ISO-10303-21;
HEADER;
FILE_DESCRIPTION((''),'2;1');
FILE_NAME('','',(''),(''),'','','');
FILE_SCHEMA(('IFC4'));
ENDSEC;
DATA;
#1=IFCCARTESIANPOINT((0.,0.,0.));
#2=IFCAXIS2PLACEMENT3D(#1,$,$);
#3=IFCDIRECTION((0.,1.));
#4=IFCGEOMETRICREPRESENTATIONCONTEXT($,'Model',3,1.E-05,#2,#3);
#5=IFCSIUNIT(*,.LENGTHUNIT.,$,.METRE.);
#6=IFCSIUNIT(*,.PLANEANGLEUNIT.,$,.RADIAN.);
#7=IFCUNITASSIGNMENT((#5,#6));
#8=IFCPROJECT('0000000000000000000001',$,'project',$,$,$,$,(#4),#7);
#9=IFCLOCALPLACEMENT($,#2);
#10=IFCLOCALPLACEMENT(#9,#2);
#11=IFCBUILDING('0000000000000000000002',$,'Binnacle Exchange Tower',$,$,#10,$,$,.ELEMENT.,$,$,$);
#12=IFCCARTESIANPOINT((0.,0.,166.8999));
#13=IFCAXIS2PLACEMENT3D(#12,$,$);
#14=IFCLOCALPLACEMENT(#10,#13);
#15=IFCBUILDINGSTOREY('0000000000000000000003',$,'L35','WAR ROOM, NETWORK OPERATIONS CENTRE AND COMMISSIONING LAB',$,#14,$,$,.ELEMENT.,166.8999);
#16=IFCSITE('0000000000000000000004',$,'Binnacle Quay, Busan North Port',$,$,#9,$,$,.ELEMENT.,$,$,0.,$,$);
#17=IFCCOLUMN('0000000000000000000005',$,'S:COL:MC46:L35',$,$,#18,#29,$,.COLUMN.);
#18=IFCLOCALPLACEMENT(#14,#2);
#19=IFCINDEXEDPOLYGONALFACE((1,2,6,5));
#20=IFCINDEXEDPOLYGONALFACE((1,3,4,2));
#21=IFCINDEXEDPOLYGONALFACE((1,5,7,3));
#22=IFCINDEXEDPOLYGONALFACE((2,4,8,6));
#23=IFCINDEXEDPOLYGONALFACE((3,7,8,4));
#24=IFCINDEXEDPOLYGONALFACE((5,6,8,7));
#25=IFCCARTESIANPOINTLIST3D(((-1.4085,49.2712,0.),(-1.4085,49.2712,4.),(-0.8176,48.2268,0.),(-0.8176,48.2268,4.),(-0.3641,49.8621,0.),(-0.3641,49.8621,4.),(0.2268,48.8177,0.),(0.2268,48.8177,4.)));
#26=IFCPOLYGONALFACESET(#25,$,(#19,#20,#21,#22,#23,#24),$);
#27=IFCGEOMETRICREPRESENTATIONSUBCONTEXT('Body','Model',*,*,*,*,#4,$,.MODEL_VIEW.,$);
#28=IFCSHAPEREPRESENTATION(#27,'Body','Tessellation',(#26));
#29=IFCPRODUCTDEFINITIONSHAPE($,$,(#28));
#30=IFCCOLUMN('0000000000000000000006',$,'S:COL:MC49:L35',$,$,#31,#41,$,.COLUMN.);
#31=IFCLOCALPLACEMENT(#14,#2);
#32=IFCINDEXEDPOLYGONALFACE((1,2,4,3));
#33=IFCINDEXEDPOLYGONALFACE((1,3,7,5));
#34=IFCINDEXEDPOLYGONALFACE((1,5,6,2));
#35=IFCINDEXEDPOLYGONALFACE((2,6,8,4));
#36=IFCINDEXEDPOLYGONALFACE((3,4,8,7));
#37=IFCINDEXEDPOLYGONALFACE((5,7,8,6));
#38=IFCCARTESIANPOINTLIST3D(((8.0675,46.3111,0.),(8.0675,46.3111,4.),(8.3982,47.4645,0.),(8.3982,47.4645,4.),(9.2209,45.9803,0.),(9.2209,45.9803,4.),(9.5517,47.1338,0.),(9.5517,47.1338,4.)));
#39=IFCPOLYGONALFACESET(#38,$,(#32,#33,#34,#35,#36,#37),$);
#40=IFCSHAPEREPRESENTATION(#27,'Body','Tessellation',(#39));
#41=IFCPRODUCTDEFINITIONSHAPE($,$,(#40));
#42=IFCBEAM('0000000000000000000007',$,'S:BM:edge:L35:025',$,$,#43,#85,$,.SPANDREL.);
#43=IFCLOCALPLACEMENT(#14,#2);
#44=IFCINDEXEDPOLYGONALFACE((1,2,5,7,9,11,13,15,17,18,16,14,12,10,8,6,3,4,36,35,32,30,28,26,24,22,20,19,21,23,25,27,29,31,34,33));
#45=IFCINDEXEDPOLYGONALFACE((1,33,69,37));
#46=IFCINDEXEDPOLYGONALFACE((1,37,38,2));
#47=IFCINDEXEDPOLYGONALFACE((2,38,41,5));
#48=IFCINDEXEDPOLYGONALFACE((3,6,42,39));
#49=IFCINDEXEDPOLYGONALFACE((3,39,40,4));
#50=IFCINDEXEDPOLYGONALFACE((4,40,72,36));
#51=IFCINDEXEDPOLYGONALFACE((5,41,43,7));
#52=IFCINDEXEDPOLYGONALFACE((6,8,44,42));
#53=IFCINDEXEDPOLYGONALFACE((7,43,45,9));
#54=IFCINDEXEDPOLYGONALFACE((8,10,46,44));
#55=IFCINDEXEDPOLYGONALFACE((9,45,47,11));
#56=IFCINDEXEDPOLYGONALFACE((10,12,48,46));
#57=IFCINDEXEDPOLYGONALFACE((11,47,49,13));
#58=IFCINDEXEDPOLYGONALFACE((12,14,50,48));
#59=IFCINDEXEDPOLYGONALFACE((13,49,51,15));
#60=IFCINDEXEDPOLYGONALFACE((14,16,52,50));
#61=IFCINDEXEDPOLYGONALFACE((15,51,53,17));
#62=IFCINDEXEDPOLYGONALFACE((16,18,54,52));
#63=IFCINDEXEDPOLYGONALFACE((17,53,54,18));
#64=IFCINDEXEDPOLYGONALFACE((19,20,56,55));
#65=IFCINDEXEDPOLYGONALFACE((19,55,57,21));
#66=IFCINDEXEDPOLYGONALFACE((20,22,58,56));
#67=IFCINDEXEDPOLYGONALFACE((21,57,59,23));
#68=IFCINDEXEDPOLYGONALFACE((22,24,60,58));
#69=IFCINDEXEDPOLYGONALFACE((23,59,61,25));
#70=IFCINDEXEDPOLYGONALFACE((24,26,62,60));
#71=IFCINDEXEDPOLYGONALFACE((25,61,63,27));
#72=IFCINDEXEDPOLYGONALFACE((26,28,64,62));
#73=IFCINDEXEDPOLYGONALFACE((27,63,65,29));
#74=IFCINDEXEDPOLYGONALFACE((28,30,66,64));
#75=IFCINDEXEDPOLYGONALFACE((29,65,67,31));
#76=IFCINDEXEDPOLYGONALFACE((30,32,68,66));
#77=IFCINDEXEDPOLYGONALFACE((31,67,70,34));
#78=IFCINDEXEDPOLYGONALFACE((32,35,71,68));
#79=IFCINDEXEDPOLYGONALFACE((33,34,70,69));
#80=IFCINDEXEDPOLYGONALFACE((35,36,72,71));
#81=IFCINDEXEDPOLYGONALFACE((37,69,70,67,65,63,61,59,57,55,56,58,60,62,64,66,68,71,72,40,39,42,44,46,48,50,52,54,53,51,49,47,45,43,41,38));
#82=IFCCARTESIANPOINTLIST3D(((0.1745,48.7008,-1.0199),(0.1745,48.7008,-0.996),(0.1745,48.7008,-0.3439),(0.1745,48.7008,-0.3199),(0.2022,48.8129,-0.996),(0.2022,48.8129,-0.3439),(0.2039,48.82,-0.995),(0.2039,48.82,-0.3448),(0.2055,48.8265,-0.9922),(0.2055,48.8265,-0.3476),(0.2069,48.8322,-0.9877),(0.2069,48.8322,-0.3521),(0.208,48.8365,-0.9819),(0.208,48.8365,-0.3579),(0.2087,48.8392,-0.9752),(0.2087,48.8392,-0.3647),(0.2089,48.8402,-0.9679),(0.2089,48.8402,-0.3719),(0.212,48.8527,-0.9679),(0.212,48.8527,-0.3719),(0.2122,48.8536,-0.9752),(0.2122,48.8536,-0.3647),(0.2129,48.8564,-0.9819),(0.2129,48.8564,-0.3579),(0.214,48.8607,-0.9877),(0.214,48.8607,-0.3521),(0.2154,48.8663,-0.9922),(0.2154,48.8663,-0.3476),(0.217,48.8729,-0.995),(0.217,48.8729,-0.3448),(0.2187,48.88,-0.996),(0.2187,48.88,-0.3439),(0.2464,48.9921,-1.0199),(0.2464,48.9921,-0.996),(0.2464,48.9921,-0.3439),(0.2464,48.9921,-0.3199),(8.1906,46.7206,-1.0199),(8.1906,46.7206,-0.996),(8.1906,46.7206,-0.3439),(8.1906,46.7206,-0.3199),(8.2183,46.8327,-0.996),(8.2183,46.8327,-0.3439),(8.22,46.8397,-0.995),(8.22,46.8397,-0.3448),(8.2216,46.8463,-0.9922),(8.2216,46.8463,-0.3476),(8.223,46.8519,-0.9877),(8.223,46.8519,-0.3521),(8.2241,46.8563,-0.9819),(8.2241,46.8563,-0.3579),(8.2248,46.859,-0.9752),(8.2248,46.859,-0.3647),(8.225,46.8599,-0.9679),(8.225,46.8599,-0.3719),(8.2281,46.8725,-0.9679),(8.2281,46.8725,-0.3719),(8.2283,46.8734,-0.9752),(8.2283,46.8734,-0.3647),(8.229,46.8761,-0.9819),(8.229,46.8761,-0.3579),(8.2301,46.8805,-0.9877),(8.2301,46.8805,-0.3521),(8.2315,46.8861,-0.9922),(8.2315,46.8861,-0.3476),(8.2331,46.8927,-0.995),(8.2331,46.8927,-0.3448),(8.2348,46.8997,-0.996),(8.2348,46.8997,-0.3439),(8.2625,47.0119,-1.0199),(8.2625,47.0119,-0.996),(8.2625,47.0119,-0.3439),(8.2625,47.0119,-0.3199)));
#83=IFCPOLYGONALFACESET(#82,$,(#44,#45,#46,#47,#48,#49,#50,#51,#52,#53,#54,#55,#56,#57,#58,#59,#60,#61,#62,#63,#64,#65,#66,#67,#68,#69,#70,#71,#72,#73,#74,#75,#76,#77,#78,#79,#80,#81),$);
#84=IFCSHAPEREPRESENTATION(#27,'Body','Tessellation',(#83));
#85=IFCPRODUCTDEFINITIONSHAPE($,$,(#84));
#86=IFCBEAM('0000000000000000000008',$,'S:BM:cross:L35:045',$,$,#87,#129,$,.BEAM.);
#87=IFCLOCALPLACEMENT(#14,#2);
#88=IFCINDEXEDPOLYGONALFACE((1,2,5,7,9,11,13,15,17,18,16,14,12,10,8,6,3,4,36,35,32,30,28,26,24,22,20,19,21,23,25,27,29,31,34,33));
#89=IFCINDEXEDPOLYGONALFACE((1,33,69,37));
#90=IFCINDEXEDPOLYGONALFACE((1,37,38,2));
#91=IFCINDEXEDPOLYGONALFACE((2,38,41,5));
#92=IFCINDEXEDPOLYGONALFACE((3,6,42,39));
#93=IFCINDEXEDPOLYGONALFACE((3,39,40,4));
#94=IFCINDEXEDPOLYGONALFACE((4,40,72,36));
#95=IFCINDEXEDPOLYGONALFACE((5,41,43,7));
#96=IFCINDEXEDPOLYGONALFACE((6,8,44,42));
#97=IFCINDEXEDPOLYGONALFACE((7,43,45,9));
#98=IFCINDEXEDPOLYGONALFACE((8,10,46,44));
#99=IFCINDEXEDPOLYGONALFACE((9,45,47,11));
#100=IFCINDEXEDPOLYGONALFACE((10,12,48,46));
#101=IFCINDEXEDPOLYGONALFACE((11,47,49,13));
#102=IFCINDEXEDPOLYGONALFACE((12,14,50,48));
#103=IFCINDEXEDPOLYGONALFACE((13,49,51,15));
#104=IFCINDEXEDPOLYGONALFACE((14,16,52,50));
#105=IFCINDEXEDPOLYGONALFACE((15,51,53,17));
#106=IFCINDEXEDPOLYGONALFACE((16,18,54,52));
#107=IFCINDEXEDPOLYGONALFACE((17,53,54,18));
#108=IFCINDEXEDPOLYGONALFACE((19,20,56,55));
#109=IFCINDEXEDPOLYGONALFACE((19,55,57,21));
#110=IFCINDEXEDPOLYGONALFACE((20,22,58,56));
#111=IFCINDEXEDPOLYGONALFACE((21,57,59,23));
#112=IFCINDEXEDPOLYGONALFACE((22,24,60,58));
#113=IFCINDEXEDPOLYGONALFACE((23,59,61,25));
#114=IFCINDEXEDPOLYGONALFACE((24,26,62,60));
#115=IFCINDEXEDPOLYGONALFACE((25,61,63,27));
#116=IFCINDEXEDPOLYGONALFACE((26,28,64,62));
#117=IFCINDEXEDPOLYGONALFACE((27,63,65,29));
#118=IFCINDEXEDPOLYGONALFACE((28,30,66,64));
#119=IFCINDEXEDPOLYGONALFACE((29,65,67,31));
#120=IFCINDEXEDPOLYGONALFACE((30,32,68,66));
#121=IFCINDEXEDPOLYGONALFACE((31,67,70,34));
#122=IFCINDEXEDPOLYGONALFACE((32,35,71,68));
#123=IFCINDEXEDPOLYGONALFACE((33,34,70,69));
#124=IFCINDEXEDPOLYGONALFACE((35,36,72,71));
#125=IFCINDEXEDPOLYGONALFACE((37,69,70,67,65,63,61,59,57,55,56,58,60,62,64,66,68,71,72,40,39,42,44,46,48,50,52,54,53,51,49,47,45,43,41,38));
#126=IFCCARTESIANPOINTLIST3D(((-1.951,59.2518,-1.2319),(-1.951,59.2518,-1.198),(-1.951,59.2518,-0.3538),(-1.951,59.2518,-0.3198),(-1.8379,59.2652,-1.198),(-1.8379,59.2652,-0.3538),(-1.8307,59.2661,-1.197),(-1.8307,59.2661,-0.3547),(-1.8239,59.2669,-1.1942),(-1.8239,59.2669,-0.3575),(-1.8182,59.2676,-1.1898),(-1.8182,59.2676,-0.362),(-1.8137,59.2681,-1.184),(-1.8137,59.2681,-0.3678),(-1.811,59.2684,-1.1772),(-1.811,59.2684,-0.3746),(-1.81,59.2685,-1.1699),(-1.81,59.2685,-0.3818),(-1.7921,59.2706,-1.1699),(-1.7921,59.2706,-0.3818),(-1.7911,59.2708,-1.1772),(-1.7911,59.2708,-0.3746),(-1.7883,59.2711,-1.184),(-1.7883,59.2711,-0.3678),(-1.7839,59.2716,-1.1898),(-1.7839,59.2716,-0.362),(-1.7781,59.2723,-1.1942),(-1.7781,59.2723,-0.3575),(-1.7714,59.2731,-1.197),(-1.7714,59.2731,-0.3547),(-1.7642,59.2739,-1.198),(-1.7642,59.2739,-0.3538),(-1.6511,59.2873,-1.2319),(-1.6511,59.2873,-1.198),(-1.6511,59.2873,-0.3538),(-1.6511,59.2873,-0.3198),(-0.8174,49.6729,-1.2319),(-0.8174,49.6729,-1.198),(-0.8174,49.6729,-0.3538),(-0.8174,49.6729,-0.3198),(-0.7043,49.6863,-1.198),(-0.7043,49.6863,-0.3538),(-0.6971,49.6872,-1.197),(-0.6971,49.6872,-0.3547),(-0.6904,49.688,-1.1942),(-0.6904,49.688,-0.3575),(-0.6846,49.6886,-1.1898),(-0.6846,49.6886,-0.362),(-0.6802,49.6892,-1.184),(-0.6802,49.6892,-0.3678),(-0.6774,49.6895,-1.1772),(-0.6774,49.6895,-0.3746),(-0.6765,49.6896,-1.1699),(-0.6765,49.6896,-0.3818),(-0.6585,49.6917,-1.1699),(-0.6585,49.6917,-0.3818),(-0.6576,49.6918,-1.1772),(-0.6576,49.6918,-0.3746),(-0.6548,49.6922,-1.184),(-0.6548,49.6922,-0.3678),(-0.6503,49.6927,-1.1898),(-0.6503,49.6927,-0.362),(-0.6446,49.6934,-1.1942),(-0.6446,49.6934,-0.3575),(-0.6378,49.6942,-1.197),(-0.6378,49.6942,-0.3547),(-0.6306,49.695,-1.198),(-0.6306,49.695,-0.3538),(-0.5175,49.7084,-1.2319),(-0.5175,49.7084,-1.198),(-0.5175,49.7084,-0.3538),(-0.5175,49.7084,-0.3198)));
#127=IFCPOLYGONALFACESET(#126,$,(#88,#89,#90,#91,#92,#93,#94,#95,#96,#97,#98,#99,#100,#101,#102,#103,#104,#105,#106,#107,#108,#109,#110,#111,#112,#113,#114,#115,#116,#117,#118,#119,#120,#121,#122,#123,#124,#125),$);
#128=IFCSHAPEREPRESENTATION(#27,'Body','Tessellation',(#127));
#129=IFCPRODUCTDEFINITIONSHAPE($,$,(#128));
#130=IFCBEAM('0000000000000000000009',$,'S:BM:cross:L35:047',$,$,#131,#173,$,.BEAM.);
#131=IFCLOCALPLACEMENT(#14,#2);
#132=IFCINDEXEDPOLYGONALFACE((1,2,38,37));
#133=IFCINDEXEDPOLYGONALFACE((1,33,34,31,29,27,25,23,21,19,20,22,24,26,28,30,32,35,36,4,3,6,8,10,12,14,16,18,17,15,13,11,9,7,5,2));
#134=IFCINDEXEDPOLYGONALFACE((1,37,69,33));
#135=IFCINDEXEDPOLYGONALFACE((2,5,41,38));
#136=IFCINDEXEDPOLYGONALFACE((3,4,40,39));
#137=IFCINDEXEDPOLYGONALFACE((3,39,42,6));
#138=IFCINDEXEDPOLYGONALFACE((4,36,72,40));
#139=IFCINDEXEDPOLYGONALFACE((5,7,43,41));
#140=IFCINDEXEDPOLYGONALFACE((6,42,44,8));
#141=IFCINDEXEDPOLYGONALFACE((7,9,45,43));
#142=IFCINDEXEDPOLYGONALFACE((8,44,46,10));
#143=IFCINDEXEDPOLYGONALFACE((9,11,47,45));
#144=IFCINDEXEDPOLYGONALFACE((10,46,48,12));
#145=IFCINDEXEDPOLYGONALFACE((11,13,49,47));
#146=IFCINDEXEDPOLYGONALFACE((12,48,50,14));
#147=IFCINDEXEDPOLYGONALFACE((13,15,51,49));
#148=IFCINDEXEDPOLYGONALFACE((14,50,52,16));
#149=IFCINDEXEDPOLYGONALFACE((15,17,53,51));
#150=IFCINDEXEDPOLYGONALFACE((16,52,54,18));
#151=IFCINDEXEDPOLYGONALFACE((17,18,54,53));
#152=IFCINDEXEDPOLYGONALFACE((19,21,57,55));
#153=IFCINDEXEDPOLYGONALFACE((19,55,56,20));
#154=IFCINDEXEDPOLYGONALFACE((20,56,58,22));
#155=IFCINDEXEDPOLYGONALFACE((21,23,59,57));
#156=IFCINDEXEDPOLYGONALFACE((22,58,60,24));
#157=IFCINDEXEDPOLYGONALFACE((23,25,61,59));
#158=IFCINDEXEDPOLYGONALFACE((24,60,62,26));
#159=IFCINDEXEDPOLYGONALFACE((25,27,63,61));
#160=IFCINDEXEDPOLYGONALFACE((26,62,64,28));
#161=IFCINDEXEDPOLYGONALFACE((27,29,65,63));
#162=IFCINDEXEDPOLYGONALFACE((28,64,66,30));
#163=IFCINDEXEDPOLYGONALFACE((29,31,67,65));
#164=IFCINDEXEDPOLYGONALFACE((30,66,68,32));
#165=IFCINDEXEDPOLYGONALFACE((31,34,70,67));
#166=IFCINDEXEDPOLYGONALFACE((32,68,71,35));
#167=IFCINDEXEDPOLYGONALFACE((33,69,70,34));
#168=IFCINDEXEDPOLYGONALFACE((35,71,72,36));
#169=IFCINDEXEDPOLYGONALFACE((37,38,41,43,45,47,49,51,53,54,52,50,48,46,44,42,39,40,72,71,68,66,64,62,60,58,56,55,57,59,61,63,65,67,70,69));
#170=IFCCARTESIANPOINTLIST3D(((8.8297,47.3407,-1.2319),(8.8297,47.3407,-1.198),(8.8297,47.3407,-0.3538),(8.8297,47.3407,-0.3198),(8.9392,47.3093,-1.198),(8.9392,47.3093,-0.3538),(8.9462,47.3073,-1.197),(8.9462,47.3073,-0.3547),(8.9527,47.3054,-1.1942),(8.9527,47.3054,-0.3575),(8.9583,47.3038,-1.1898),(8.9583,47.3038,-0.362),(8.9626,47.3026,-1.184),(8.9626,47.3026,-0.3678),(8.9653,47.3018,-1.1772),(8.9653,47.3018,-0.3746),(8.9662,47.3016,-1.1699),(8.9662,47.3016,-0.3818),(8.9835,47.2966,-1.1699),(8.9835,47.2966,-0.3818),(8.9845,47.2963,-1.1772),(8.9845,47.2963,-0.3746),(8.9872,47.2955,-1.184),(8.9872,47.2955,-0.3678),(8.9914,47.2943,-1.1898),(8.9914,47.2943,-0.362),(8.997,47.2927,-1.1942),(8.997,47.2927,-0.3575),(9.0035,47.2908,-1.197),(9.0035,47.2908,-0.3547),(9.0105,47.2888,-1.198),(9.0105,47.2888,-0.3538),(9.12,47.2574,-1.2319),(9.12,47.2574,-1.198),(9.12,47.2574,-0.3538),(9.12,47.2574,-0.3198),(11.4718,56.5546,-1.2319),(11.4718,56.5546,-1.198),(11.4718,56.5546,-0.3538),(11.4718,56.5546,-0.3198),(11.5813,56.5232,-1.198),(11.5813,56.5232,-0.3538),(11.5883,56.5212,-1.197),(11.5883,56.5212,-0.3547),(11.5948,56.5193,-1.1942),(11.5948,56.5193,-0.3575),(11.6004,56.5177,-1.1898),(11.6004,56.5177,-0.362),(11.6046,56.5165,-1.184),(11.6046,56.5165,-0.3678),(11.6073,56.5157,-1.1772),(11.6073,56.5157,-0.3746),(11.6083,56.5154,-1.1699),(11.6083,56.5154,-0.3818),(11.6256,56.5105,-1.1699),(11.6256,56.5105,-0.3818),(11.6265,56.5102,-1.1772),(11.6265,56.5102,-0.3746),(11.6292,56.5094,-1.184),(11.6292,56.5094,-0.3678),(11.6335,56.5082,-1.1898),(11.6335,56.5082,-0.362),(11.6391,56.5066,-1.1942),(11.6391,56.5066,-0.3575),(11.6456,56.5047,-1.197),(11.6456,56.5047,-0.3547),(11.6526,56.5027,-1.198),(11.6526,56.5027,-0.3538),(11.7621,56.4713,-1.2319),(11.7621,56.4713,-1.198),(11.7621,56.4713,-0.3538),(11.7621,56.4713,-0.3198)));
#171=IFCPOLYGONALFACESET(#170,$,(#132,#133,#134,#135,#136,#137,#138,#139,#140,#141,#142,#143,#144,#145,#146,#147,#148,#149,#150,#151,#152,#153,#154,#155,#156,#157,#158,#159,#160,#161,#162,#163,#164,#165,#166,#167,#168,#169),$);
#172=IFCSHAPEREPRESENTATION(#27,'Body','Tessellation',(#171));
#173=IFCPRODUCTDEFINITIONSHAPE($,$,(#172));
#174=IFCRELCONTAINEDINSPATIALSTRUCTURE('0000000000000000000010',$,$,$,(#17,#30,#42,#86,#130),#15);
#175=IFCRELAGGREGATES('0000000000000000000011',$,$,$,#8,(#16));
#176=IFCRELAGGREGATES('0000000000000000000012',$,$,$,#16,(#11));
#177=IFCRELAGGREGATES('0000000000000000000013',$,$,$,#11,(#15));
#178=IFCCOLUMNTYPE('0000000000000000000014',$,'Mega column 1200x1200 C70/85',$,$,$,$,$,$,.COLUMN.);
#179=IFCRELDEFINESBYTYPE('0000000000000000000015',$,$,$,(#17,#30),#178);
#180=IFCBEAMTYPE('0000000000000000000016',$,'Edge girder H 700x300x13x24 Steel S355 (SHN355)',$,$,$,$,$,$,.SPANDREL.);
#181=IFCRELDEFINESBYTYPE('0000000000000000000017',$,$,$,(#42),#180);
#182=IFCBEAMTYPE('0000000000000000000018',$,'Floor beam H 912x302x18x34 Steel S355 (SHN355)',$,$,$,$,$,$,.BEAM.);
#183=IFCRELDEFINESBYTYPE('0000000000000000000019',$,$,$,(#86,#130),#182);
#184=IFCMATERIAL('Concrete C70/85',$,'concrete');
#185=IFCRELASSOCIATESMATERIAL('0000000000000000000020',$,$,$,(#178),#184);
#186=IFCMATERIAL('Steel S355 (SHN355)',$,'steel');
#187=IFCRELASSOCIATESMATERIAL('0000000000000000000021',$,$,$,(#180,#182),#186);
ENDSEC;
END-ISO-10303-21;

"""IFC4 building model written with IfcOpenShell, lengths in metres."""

from ifc_helpers import new_model, si_unit, direction, frame, origin, origin_2d, place, context, subcontext, project, spatial, rectangle, i_section, extrude, material, material_profile, profile_set, type_object, element, save


model = new_model("IFC4")

# Units and contexts
model_context = context("Model", 3, precision=1e-05, world=origin(), true_north=direction((0.0, 1.0)))
body_context = subcontext(model_context, "Body", "Model", "MODEL_VIEW")
ifc_project = project(units=[si_unit("LENGTHUNIT", "METRE"), si_unit("PLANEANGLEUNIT", "RADIAN")], contexts=[model_context])

# Site, building, storey
site_placement = place(None, origin())
site = spatial("IfcSite", under=ifc_project, at=site_placement, Name="Binnacle Quay, Busan North Port", CompositionType="ELEMENT", RefElevation=0.0)
building_placement = place(site_placement, origin())
building = spatial("IfcBuilding", under=site, at=building_placement, Name="Binnacle Exchange Tower", CompositionType="ELEMENT")
storey_placement = place(building_placement, frame((0.0, 0.0, 166.8999)))
storey = spatial("IfcBuildingStorey", under=building, at=storey_placement, Name="L35", Description="WAR ROOM, NETWORK OPERATIONS CENTRE AND COMMISSIONING LAB", CompositionType="ELEMENT", Elevation=166.8999)

# Columns
ifc_material_1 = material(Name="Concrete C70/85", Category="concrete")
ifc_material_profile_1 = material_profile(ifc_material_1, rectangle(XDim=1.2, YDim=1.2, at=origin_2d()), Name="Mega column 1200x1200 C70/85")
ifc_profile_set_1 = profile_set([ifc_material_profile_1], Name="Concrete C70/85")
column_type = type_object("IfcColumnType", Name="Mega column 1200x1200 C70/85", PredefinedType="COLUMN", material=ifc_profile_set_1)
for number, where, z_axis, x_axis, name in (
    (1, (-0.5908, 49.0444, 0.0), (0.0, 0.0, 1.0), (0.870356, 0.492424, 0.0), "S:COL:MC46:L35"),
    (2, (8.8096, 46.7224, 0.0), (0.0, 0.0, 1.0), (0.961262, -0.275637, 0.0), "S:COL:MC49:L35"),
):
    element("IfcColumn", number, at=place(storey_placement, frame(where, z_axis=z_axis, x_axis=x_axis)), inside=storey, type_object=column_type, Name=name, PredefinedType="COLUMN", context=body_context, shape_type="SweptSolid", body=[
        extrude(rectangle(XDim=1.2, YDim=1.2, at=origin_2d()), origin(), (0.0, 0.0, 1.0), 4.0),
    ])

# Beams
ifc_material_2 = material(Name="Steel S355 (SHN355)", Category="steel")
ifc_material_profile_2 = material_profile(ifc_material_2, i_section(OverallWidth=0.3, OverallDepth=0.7, WebThickness=0.0129, FlangeThickness=0.0239, FilletRadius=0.0281, at=origin_2d()), Name="H 700x300x13x24")
ifc_profile_set_2 = profile_set([ifc_material_profile_2], Name="Steel S355 (SHN355)")
beam_type_1 = type_object("IfcBeamType", Name="Edge girder H 700x300x13x24 Steel S355 (SHN355)", PredefinedType="SPANDREL", material=ifc_profile_set_2)
beam_1_placement = place(storey_placement, frame((0.2104, 48.8464, -0.6699), z_axis=(0.970817, -0.239821, 0.0), x_axis=(0.239821, 0.970817, 0.0)))
element("IfcBeam", 3, at=beam_1_placement, inside=storey, type_object=beam_type_1, Name="S:BM:edge:L35:025", PredefinedType="SPANDREL", context=body_context, shape_type="SweptSolid", body=[
    extrude(i_section(OverallWidth=0.3, OverallDepth=0.7, WebThickness=0.0129, FlangeThickness=0.0239, FilletRadius=0.0281, at=origin_2d()), origin(), (0.0, 0.0, 1.0), 8.2571),
])
ifc_material_profile_3 = material_profile(ifc_material_2, i_section(OverallWidth=0.302, OverallDepth=0.9121, WebThickness=0.0181, FlangeThickness=0.0339, FilletRadius=0.0281, at=origin_2d()), Name="H 912x302x18x34")
ifc_profile_set_3 = profile_set([ifc_material_profile_3], Name="Steel S355 (SHN355)")
beam_type_2 = type_object("IfcBeamType", Name="Floor beam H 912x302x18x34 Steel S355 (SHN355)", PredefinedType="BEAM", material=ifc_profile_set_3)
beam_2_placement = place(storey_placement, frame((-0.6675, 49.6907, -0.7759), z_axis=(-0.117518, 0.993071, 0.0), x_axis=(-0.993071, -0.117518, 0.0)))
element("IfcBeam", 4, at=beam_2_placement, inside=storey, type_object=beam_type_2, Name="S:BM:cross:L35:045", PredefinedType="BEAM", context=body_context, shape_type="SweptSolid", body=[
    extrude(i_section(OverallWidth=0.302, OverallDepth=0.9121, WebThickness=0.0181, FlangeThickness=0.0339, FilletRadius=0.0281, at=origin_2d()), origin(), (0.0, 0.0, 1.0), 9.6458),
])
beam_3_placement = place(storey_placement, frame((8.9749, 47.2991, -0.7759), z_axis=(0.275643, 0.96126, 0.0), x_axis=(-0.96126, 0.275643, 0.0)))
element("IfcBeam", 5, at=beam_3_placement, inside=storey, type_object=beam_type_2, Name="S:BM:cross:L35:047", PredefinedType="BEAM", context=body_context, shape_type="SweptSolid", body=[
    extrude(i_section(OverallWidth=0.302, OverallDepth=0.9121, WebThickness=0.0181, FlangeThickness=0.0339, FilletRadius=0.0281, at=origin_2d()), origin(), (0.0, 0.0, 1.0), 9.5852),
])

save(model, "model.ifc")
